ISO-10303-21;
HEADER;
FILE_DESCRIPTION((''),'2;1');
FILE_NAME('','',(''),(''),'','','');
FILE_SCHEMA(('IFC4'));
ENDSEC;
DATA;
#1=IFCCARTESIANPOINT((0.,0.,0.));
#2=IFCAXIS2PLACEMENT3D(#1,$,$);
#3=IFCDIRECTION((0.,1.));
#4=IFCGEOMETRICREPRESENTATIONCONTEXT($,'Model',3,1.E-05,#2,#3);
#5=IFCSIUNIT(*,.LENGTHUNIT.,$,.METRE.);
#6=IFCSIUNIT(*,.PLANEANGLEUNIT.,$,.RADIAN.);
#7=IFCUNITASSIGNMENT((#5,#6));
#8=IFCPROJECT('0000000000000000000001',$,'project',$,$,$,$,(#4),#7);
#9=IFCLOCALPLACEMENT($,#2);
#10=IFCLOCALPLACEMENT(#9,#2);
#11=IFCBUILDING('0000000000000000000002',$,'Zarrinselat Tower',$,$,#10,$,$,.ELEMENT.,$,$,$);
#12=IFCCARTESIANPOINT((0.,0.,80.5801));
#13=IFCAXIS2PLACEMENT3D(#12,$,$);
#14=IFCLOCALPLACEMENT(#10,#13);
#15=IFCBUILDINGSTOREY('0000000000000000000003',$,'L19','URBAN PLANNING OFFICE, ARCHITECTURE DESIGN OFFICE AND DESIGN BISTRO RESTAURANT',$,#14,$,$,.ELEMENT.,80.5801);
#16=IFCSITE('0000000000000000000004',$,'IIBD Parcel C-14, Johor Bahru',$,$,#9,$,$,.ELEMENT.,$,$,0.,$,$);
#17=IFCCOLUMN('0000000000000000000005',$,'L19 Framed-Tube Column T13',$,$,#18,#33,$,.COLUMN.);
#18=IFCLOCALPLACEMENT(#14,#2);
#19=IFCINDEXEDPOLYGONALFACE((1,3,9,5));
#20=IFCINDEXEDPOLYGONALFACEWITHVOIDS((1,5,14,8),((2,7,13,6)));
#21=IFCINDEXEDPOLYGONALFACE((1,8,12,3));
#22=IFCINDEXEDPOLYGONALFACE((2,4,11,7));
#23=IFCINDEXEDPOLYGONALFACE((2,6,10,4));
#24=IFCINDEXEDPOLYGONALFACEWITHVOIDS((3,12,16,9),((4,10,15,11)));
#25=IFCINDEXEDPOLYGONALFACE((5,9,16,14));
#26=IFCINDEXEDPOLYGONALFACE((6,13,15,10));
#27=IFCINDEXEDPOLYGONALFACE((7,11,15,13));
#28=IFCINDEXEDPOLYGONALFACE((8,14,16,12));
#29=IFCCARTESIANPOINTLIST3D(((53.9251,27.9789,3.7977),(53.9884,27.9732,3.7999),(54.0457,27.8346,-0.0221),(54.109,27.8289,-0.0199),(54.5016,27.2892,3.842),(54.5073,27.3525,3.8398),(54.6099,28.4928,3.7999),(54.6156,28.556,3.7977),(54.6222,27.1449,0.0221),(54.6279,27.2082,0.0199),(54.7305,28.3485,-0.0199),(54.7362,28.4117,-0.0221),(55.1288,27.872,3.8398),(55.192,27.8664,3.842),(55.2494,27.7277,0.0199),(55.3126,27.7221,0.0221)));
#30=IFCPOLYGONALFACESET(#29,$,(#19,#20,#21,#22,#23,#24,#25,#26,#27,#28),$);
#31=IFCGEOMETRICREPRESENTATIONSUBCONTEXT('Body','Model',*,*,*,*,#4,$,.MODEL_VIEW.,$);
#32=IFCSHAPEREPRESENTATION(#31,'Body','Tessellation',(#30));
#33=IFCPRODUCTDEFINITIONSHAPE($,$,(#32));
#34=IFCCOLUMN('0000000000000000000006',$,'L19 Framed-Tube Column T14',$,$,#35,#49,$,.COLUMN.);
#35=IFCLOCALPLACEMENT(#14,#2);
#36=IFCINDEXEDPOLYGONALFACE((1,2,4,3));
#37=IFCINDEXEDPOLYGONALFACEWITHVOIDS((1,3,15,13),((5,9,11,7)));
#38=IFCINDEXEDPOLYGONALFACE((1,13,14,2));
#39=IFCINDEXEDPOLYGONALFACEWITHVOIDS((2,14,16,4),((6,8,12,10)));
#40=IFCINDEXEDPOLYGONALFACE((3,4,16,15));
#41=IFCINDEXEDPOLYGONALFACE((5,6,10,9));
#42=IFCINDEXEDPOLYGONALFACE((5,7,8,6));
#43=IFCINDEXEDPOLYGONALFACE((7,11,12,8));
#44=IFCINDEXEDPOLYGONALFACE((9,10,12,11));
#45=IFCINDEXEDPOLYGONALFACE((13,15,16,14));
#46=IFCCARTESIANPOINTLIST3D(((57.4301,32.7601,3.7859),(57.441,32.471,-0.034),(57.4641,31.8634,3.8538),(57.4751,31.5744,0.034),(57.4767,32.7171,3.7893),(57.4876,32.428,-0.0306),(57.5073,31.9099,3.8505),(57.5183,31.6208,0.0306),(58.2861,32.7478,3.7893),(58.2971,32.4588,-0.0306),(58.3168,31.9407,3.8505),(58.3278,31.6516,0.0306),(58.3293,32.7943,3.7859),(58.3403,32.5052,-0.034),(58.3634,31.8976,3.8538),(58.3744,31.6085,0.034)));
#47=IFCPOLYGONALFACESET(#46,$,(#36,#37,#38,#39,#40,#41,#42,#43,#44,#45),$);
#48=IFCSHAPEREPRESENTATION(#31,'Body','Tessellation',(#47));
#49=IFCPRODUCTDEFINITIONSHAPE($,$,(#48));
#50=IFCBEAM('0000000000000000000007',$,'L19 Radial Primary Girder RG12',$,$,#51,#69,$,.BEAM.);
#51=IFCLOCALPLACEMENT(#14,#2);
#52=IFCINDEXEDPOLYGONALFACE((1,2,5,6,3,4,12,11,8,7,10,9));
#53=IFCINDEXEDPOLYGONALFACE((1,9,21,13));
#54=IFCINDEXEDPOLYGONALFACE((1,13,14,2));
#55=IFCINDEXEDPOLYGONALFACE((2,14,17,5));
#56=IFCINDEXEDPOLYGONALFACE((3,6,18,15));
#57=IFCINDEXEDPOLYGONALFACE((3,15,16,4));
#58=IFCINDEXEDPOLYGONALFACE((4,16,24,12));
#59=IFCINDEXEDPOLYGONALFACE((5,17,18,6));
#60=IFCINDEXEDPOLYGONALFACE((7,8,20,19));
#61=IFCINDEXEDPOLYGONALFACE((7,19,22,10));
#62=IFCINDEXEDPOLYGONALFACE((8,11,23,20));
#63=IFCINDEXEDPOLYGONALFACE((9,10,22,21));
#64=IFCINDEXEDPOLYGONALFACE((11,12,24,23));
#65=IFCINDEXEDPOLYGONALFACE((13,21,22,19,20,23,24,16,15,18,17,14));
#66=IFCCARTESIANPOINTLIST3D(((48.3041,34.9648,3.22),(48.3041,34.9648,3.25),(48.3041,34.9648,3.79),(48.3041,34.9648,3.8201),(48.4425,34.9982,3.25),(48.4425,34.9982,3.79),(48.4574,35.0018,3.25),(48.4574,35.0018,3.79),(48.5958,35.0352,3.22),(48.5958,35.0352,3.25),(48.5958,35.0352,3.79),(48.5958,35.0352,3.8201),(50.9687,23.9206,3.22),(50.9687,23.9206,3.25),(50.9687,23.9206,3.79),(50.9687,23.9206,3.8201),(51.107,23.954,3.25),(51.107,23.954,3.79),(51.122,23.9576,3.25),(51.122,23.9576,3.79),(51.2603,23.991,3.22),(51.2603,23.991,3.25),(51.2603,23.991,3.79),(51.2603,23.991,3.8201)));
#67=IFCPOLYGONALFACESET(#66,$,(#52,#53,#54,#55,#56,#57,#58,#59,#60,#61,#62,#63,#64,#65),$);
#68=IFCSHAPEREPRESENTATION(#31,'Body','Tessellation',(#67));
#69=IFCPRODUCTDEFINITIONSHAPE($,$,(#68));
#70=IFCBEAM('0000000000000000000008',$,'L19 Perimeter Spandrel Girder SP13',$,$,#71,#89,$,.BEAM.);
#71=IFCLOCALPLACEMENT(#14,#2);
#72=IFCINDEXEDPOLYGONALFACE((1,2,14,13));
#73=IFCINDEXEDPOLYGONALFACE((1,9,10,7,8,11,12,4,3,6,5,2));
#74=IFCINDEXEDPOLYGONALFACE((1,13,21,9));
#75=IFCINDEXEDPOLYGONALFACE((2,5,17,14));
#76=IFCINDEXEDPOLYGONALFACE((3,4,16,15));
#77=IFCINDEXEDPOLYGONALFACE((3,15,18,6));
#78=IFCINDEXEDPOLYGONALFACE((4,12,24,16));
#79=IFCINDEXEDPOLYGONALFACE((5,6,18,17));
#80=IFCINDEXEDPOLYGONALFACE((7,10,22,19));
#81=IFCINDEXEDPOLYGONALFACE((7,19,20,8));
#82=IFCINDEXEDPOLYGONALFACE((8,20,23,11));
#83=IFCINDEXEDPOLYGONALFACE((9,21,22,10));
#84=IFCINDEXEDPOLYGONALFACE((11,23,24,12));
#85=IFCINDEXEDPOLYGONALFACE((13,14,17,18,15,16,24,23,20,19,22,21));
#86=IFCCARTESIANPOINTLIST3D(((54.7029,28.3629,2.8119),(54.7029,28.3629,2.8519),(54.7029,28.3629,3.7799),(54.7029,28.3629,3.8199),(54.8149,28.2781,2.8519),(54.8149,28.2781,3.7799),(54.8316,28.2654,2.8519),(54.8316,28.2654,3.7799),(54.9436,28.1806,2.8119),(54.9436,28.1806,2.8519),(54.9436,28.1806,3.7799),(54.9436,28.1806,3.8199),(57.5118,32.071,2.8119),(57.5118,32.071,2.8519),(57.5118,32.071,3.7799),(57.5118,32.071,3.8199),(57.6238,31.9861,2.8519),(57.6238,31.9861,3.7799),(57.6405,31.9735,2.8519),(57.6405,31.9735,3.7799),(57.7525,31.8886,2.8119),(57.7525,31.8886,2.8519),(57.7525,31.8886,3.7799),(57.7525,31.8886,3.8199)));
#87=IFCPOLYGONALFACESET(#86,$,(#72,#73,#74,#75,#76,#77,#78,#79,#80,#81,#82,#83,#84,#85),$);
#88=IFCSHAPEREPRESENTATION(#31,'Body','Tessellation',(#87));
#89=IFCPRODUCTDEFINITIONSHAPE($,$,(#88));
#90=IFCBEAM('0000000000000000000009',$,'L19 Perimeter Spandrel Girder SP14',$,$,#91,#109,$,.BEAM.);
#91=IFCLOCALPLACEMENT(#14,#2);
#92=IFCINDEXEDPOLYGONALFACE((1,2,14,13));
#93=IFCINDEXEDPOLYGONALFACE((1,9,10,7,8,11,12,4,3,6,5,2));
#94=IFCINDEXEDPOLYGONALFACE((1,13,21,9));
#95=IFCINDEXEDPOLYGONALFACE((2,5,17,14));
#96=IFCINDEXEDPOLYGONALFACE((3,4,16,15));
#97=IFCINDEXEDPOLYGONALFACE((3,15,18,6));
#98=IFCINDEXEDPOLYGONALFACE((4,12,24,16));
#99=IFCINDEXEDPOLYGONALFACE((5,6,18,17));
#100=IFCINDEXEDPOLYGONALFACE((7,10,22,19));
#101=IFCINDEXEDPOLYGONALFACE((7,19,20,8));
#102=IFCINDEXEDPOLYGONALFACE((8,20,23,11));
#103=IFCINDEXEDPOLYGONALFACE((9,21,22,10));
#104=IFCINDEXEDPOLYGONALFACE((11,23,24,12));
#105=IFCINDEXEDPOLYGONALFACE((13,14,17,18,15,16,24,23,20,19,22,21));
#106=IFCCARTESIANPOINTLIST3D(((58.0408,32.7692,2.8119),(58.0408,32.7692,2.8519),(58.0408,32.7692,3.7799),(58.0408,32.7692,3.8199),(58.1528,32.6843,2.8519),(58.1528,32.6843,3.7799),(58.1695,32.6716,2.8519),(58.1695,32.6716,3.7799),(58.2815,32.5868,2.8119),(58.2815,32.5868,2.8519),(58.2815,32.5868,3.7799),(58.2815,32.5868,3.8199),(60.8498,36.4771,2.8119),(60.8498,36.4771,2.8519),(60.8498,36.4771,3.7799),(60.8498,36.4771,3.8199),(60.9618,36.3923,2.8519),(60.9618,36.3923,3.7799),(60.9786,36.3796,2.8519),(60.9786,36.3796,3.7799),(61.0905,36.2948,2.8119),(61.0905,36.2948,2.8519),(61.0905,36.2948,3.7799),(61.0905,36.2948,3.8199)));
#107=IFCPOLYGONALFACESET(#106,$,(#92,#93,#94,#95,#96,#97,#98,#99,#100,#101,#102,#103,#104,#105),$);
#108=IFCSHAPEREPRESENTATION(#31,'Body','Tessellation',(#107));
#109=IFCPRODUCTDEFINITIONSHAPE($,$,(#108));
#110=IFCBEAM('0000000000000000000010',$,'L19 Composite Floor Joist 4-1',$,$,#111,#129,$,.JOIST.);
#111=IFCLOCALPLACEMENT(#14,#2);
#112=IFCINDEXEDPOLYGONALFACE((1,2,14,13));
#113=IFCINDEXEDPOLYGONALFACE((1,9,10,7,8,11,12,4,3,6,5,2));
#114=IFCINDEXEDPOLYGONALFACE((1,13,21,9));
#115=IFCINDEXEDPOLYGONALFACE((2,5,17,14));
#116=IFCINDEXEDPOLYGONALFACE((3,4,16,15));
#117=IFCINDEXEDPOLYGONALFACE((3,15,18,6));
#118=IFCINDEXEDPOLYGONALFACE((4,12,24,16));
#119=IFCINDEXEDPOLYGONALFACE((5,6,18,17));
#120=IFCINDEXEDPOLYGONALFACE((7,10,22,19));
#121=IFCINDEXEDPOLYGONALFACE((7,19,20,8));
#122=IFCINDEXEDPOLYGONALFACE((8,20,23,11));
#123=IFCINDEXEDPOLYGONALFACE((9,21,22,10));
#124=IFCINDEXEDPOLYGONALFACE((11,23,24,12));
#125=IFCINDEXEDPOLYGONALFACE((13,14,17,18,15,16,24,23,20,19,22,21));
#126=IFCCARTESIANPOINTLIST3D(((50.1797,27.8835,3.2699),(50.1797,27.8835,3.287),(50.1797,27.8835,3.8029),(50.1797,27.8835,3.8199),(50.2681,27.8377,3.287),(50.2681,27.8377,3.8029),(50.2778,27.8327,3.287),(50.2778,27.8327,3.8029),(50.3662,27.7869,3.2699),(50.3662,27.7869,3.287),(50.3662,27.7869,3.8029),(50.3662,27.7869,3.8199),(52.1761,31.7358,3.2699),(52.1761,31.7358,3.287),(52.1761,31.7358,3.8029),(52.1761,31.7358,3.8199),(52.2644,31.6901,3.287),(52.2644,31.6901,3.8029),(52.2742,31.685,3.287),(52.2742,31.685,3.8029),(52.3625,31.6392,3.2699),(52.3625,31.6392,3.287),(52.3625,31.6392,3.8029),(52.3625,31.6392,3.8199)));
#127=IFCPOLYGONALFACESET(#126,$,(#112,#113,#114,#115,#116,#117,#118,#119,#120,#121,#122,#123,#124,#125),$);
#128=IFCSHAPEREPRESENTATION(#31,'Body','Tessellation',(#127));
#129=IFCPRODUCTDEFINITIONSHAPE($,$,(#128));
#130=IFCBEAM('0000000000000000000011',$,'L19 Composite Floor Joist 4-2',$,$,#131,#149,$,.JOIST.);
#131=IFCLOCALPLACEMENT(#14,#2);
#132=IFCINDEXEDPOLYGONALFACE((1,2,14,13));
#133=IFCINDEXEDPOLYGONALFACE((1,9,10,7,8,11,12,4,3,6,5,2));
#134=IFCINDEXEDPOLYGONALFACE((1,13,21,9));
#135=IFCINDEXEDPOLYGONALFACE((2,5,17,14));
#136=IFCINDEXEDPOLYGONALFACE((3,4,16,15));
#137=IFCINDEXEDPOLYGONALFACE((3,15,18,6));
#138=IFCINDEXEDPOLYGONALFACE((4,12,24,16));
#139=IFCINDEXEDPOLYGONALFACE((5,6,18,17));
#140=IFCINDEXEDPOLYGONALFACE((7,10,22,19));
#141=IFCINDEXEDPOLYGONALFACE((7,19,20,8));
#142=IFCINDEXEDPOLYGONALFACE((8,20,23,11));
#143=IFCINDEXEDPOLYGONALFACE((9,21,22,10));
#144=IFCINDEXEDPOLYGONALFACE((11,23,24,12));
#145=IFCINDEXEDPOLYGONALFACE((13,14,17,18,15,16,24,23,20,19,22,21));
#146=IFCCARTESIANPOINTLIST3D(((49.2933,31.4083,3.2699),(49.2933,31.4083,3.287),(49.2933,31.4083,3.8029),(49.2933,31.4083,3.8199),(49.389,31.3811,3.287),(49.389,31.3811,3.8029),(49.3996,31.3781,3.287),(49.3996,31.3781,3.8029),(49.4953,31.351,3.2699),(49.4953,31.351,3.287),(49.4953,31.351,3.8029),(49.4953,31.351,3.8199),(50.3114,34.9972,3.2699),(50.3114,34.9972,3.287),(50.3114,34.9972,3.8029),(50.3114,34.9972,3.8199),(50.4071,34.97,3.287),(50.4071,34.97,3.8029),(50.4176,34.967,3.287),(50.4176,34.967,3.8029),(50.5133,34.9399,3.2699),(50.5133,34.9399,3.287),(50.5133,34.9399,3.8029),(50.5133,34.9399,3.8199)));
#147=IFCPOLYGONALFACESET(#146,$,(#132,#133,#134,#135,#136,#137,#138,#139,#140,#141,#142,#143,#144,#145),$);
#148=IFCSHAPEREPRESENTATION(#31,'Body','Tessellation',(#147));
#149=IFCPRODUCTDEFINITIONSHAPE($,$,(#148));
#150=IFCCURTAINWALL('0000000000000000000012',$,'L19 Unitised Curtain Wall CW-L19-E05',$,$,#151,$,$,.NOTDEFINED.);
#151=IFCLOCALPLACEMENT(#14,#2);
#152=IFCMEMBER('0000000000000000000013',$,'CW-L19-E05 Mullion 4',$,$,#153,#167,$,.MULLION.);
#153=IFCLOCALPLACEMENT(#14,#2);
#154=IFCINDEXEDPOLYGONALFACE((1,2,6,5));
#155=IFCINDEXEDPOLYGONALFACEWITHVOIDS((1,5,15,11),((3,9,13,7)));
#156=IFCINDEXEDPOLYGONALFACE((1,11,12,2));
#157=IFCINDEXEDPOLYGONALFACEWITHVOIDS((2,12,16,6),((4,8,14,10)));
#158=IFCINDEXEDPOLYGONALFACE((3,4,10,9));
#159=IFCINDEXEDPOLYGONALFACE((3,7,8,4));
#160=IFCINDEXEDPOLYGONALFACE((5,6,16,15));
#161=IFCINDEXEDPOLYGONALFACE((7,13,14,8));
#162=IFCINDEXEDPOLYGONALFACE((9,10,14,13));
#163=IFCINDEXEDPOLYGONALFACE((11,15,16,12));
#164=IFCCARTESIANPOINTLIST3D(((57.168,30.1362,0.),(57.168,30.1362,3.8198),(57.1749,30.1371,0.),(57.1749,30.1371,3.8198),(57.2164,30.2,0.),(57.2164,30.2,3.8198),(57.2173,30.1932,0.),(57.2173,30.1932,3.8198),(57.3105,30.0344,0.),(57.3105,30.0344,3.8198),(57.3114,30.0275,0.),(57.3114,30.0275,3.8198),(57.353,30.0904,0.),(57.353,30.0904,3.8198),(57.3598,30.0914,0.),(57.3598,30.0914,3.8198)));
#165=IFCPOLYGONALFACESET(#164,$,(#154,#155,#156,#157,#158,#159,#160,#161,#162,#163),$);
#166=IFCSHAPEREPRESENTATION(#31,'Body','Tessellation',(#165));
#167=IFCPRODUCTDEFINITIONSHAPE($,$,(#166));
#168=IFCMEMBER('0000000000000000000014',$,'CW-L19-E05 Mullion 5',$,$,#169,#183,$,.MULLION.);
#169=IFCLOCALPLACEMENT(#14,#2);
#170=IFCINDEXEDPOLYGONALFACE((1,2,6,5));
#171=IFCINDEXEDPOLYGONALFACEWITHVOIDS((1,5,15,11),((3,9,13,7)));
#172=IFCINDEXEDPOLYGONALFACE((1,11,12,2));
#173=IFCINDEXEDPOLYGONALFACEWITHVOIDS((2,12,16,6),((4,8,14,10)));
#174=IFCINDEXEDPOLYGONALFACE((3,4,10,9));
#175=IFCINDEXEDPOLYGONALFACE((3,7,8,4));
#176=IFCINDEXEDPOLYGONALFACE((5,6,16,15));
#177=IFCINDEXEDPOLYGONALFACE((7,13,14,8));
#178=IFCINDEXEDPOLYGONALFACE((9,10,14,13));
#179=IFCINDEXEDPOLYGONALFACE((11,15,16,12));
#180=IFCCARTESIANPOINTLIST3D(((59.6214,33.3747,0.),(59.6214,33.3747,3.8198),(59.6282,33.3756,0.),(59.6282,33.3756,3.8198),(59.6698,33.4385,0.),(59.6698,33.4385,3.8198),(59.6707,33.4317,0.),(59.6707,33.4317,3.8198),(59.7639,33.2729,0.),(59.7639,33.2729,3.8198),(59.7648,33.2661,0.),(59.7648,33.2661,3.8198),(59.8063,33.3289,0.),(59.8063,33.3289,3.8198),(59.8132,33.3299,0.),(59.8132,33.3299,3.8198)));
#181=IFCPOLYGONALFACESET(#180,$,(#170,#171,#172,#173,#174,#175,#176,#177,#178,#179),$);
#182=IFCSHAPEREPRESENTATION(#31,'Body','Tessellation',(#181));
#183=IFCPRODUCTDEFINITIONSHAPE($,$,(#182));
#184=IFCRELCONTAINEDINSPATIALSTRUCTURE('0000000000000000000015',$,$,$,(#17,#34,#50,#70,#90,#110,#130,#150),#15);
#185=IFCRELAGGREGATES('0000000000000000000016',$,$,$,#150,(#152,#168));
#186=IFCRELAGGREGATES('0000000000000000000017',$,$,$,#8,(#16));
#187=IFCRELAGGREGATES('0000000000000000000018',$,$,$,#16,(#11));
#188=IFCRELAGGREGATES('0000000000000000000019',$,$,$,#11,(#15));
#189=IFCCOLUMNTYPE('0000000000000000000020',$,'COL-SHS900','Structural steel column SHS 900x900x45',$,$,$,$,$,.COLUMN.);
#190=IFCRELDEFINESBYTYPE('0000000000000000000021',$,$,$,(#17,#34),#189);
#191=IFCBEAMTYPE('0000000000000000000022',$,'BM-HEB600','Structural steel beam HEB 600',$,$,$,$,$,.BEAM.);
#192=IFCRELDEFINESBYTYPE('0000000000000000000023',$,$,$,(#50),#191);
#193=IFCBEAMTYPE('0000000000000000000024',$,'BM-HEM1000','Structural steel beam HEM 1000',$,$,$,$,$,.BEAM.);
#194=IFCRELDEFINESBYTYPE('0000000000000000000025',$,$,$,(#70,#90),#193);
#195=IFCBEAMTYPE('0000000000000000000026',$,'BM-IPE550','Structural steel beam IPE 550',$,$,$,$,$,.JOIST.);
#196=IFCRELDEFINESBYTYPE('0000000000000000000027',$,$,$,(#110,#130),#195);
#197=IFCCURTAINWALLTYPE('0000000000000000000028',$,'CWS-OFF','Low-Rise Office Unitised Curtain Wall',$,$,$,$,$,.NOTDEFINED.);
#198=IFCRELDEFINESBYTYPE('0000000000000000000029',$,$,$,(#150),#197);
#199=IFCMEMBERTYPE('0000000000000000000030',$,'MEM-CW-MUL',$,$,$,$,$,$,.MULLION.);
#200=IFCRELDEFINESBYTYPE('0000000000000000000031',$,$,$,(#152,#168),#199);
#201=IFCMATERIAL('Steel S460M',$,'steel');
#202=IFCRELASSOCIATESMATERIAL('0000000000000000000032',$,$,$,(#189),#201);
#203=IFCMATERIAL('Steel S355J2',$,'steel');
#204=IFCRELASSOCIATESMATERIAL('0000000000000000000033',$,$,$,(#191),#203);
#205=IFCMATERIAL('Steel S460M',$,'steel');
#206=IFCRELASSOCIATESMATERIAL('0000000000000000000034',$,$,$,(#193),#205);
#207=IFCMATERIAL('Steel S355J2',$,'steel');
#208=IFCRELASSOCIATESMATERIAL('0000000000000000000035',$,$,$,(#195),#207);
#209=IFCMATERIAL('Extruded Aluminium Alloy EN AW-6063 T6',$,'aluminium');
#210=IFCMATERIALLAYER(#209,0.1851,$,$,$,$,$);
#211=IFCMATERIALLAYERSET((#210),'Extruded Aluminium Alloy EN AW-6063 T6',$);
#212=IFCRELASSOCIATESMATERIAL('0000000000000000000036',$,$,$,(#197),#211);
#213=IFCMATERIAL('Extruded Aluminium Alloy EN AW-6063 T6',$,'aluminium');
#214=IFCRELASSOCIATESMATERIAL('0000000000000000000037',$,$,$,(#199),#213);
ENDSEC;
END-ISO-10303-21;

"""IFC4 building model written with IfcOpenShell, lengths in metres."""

from ifc_helpers import new_model, si_unit, direction, frame, origin, origin_2d, place, context, subcontext, project, spatial, hollow_rectangle, i_section, extrude, material, layer, layer_set, material_profile, profile_set, type_object, element, aggregate, save


model = new_model("IFC4")

# Units and contexts
model_context = context("Model", 3, precision=1e-05, world=origin(), true_north=direction((0.0, 1.0)))
body_context = subcontext(model_context, "Body", "Model", "MODEL_VIEW")
ifc_project = project(units=[si_unit("LENGTHUNIT", "METRE"), si_unit("PLANEANGLEUNIT", "RADIAN")], contexts=[model_context])

# Site, building, storey
site_placement = place(None, origin())
site = spatial("IfcSite", under=ifc_project, at=site_placement, Name="IIBD Parcel C-14, Johor Bahru", CompositionType="ELEMENT", RefElevation=0.0)
building_placement = place(site_placement, origin())
building = spatial("IfcBuilding", under=site, at=building_placement, Name="Zarrinselat Tower", CompositionType="ELEMENT")
storey_placement = place(building_placement, frame((0.0, 0.0, 80.5801)))
storey = spatial("IfcBuildingStorey", under=building, at=storey_placement, Name="L19", Description="URBAN PLANNING OFFICE, ARCHITECTURE DESIGN OFFICE AND DESIGN BISTRO RESTAURANT", CompositionType="ELEMENT", Elevation=80.5801)

# Columns
ifc_material_1 = material(Name="Steel S460M", Category="steel")
ifc_material_profile_1 = material_profile(ifc_material_1, hollow_rectangle(XDim=0.8999, YDim=0.8999, WallThickness=0.0449, at=origin_2d()), Name="SHS 900x900x45")
ifc_profile_set_1 = profile_set([ifc_material_profile_1], Name="Steel S460M")
column_type = type_object("IfcColumnType", Name="COL-SHS900", Description="Structural steel column SHS 900x900x45", PredefinedType="COLUMN", material=ifc_profile_set_1)
column_1_placement = place(storey_placement, frame((54.6792, 27.7783, 0.0), z_axis=(-0.031535, 0.037728, 0.99879), x_axis=(-0.767263, -0.641333, 0.0)))
element("IfcColumn", 1, at=column_1_placement, inside=storey, type_object=column_type, Name="L19 Framed-Tube Column T13", PredefinedType="COLUMN", context=body_context, shape_type="SweptSolid", body=[
    extrude(hollow_rectangle(XDim=0.8999, YDim=0.8999, WallThickness=0.0449, at=origin_2d()), origin(), (0.0, 0.0, 1.0), 3.8245),
])
column_2_placement = place(storey_placement, frame((57.9077, 32.0398, 0.0), z_axis=(-0.002868, 0.075458, 0.997145), x_axis=(-0.999279, -0.037979, 0.0)))
element("IfcColumn", 2, at=column_2_placement, inside=storey, type_object=column_type, Name="L19 Framed-Tube Column T14", PredefinedType="COLUMN", context=body_context, shape_type="SweptSolid", body=[
    extrude(hollow_rectangle(XDim=0.8999, YDim=0.8999, WallThickness=0.0449, at=origin_2d()), origin(), (0.0, 0.0, 1.0), 3.8308),
])

# Beams
ifc_material_2 = material(Name="Steel S355J2", Category="steel")
ifc_material_profile_2 = material_profile(ifc_material_2, i_section(OverallWidth=0.3, OverallDepth=0.6001, WebThickness=0.0154, FlangeThickness=0.03, at=origin_2d()), Name="HEB 600")
ifc_profile_set_2 = profile_set([ifc_material_profile_2], Name="Steel S355J2")
beam_type_1 = type_object("IfcBeamType", Name="BM-HEB600", Description="Structural steel beam HEB 600", PredefinedType="BEAM", material=ifc_profile_set_2)
beam_1_placement = place(storey_placement, frame((48.45, 35.0, 3.52), z_axis=(0.234533, -0.972108, 0.0), x_axis=(0.972108, 0.234533, 0.0)))
element("IfcBeam", 3, at=beam_1_placement, inside=storey, type_object=beam_type_1, Name="L19 Radial Primary Girder RG12", PredefinedType="BEAM", context=body_context, shape_type="SweptSolid", body=[
    extrude(i_section(OverallWidth=0.3, OverallDepth=0.6001, WebThickness=0.0154, FlangeThickness=0.03, at=origin_2d()), origin(), (0.0, 0.0, 1.0), 11.3611),
])
ifc_material_3 = material(Name="Steel S460M", Category="steel")
ifc_material_profile_3 = material_profile(ifc_material_3, i_section(OverallWidth=0.302, OverallDepth=1.0081, WebThickness=0.021, FlangeThickness=0.04, at=origin_2d()), Name="HEM 1000")
ifc_profile_set_3 = profile_set([ifc_material_profile_3], Name="Steel S460M")
beam_type_2 = type_object("IfcBeamType", Name="BM-HEM1000", Description="Structural steel beam HEM 1000", PredefinedType="BEAM", material=ifc_profile_set_3)
for number, where, z_axis, x_axis, name in (
    (4, (54.8232, 28.2717, 3.3159), (0.603822, 0.797119, 0.0), (-0.797119, 0.603822, 0.0), "L19 Perimeter Spandrel Girder SP13"),
    (5, (58.1611, 32.678, 3.3159), (0.603856, 0.797094, 0.0), (-0.797094, 0.603856, 0.0), "L19 Perimeter Spandrel Girder SP14"),
):
    element("IfcBeam", number, at=place(storey_placement, frame(where, z_axis=z_axis, x_axis=x_axis)), inside=storey, type_object=beam_type_2, Name=name, PredefinedType="BEAM", context=body_context, shape_type="SweptSolid", body=[
        extrude(i_section(OverallWidth=0.302, OverallDepth=1.0081, WebThickness=0.021, FlangeThickness=0.04, at=origin_2d()), origin(), (0.0, 0.0, 1.0), 4.6519),
    ])
ifc_material_4 = material(Name="Steel S355J2", Category="steel")
ifc_material_profile_4 = material_profile(ifc_material_4, i_section(OverallWidth=0.21, OverallDepth=0.55, WebThickness=0.011, FlangeThickness=0.0171, at=origin_2d()), Name="IPE 550")
ifc_profile_set_4 = profile_set([ifc_material_profile_4], Name="Steel S355J2")
beam_type_3 = type_object("IfcBeamType", Name="BM-IPE550", Description="Structural steel beam IPE 550", PredefinedType="JOIST", material=ifc_profile_set_4)
beam_2_placement = place(storey_placement, frame((50.2729, 27.8352, 3.5449), z_axis=(0.460109, 0.887863, 0.0), x_axis=(-0.887863, 0.460109, 0.0)))
element("IfcBeam", 6, at=beam_2_placement, inside=storey, type_object=beam_type_3, Name="L19 Composite Floor Joist 4-1", PredefinedType="JOIST", context=body_context, shape_type="SweptSolid", body=[
    extrude(i_section(OverallWidth=0.21, OverallDepth=0.55, WebThickness=0.011, FlangeThickness=0.0171, at=origin_2d()), origin(), (0.0, 0.0, 1.0), 4.3389),
])
beam_3_placement = place(storey_placement, frame((49.3943, 31.3796, 3.5449), z_axis=(0.272905, 0.962041, 0.0), x_axis=(-0.962041, 0.272905, 0.0)))
element("IfcBeam", 7, at=beam_3_placement, inside=storey, type_object=beam_type_3, Name="L19 Composite Floor Joist 4-2", PredefinedType="JOIST", context=body_context, shape_type="SweptSolid", body=[
    extrude(i_section(OverallWidth=0.21, OverallDepth=0.55, WebThickness=0.011, FlangeThickness=0.0171, at=origin_2d()), origin(), (0.0, 0.0, 1.0), 3.7305),
])

# Curtain wall, members
ifc_material_5 = material(Name="Extruded Aluminium Alloy EN AW-6063 T6", Category="aluminium")
ifc_layer_1 = layer(ifc_material_5, 0.1851)
ifc_layer_set_1 = layer_set([ifc_layer_1], Name="Extruded Aluminium Alloy EN AW-6063 T6")
curtain_wall_type = type_object("IfcCurtainWallType", Name="CWS-OFF", Description="Low-Rise Office Unitised Curtain Wall", PredefinedType="NOTDEFINED", material=ifc_layer_set_1)
curtain_wall_placement = place(storey_placement, origin())
curtain_wall = element("IfcCurtainWall", 8, at=curtain_wall_placement, inside=storey, type_object=curtain_wall_type, Name="L19 Unitised Curtain Wall CW-L19-E05", PredefinedType="NOTDEFINED")
ifc_material_6 = material(Name="Extruded Aluminium Alloy EN AW-6063 T6", Category="aluminium")
ifc_material_profile_5 = material_profile(ifc_material_6, hollow_rectangle(XDim=0.0801, YDim=0.1799, WallThickness=0.0049, at=origin_2d()), Name="RHS 180x80x5")
ifc_profile_set_5 = profile_set([ifc_material_profile_5], Name="Extruded Aluminium Alloy EN AW-6063 T6")
member_type_1 = type_object("IfcMemberType", Name="MEM-CW-MUL", PredefinedType="MULLION", material=ifc_profile_set_5)
member_1_placement = place(storey_placement, frame((57.2639, 30.1138, 0.0), z_axis=(0.0, 0.0, 1.0), x_axis=(0.603855, 0.797094, 0.0)))
member_1 = element("IfcMember", 9, at=member_1_placement, type_object=member_type_1, Name="CW-L19-E05 Mullion 4", PredefinedType="MULLION", context=body_context, shape_type="SweptSolid", body=[
    extrude(hollow_rectangle(XDim=0.0801, YDim=0.1799, WallThickness=0.0049, at=origin_2d()), origin(), (0.0, 0.0, 1.0), 3.8198),
])
member_2_placement = place(storey_placement, frame((59.7173, 33.3523, 0.0), z_axis=(0.0, 0.0, 1.0), x_axis=(0.603855, 0.797094, 0.0)))
member_2 = element("IfcMember", 10, at=member_2_placement, type_object=member_type_1, Name="CW-L19-E05 Mullion 5", PredefinedType="MULLION", context=body_context, shape_type="SweptSolid", body=[
    extrude(hollow_rectangle(XDim=0.0801, YDim=0.1799, WallThickness=0.0049, at=origin_2d()), origin(), (0.0, 0.0, 1.0), 3.8198),
])
aggregate(curtain_wall, [member_1, member_2])

save(model, "model.ifc")
